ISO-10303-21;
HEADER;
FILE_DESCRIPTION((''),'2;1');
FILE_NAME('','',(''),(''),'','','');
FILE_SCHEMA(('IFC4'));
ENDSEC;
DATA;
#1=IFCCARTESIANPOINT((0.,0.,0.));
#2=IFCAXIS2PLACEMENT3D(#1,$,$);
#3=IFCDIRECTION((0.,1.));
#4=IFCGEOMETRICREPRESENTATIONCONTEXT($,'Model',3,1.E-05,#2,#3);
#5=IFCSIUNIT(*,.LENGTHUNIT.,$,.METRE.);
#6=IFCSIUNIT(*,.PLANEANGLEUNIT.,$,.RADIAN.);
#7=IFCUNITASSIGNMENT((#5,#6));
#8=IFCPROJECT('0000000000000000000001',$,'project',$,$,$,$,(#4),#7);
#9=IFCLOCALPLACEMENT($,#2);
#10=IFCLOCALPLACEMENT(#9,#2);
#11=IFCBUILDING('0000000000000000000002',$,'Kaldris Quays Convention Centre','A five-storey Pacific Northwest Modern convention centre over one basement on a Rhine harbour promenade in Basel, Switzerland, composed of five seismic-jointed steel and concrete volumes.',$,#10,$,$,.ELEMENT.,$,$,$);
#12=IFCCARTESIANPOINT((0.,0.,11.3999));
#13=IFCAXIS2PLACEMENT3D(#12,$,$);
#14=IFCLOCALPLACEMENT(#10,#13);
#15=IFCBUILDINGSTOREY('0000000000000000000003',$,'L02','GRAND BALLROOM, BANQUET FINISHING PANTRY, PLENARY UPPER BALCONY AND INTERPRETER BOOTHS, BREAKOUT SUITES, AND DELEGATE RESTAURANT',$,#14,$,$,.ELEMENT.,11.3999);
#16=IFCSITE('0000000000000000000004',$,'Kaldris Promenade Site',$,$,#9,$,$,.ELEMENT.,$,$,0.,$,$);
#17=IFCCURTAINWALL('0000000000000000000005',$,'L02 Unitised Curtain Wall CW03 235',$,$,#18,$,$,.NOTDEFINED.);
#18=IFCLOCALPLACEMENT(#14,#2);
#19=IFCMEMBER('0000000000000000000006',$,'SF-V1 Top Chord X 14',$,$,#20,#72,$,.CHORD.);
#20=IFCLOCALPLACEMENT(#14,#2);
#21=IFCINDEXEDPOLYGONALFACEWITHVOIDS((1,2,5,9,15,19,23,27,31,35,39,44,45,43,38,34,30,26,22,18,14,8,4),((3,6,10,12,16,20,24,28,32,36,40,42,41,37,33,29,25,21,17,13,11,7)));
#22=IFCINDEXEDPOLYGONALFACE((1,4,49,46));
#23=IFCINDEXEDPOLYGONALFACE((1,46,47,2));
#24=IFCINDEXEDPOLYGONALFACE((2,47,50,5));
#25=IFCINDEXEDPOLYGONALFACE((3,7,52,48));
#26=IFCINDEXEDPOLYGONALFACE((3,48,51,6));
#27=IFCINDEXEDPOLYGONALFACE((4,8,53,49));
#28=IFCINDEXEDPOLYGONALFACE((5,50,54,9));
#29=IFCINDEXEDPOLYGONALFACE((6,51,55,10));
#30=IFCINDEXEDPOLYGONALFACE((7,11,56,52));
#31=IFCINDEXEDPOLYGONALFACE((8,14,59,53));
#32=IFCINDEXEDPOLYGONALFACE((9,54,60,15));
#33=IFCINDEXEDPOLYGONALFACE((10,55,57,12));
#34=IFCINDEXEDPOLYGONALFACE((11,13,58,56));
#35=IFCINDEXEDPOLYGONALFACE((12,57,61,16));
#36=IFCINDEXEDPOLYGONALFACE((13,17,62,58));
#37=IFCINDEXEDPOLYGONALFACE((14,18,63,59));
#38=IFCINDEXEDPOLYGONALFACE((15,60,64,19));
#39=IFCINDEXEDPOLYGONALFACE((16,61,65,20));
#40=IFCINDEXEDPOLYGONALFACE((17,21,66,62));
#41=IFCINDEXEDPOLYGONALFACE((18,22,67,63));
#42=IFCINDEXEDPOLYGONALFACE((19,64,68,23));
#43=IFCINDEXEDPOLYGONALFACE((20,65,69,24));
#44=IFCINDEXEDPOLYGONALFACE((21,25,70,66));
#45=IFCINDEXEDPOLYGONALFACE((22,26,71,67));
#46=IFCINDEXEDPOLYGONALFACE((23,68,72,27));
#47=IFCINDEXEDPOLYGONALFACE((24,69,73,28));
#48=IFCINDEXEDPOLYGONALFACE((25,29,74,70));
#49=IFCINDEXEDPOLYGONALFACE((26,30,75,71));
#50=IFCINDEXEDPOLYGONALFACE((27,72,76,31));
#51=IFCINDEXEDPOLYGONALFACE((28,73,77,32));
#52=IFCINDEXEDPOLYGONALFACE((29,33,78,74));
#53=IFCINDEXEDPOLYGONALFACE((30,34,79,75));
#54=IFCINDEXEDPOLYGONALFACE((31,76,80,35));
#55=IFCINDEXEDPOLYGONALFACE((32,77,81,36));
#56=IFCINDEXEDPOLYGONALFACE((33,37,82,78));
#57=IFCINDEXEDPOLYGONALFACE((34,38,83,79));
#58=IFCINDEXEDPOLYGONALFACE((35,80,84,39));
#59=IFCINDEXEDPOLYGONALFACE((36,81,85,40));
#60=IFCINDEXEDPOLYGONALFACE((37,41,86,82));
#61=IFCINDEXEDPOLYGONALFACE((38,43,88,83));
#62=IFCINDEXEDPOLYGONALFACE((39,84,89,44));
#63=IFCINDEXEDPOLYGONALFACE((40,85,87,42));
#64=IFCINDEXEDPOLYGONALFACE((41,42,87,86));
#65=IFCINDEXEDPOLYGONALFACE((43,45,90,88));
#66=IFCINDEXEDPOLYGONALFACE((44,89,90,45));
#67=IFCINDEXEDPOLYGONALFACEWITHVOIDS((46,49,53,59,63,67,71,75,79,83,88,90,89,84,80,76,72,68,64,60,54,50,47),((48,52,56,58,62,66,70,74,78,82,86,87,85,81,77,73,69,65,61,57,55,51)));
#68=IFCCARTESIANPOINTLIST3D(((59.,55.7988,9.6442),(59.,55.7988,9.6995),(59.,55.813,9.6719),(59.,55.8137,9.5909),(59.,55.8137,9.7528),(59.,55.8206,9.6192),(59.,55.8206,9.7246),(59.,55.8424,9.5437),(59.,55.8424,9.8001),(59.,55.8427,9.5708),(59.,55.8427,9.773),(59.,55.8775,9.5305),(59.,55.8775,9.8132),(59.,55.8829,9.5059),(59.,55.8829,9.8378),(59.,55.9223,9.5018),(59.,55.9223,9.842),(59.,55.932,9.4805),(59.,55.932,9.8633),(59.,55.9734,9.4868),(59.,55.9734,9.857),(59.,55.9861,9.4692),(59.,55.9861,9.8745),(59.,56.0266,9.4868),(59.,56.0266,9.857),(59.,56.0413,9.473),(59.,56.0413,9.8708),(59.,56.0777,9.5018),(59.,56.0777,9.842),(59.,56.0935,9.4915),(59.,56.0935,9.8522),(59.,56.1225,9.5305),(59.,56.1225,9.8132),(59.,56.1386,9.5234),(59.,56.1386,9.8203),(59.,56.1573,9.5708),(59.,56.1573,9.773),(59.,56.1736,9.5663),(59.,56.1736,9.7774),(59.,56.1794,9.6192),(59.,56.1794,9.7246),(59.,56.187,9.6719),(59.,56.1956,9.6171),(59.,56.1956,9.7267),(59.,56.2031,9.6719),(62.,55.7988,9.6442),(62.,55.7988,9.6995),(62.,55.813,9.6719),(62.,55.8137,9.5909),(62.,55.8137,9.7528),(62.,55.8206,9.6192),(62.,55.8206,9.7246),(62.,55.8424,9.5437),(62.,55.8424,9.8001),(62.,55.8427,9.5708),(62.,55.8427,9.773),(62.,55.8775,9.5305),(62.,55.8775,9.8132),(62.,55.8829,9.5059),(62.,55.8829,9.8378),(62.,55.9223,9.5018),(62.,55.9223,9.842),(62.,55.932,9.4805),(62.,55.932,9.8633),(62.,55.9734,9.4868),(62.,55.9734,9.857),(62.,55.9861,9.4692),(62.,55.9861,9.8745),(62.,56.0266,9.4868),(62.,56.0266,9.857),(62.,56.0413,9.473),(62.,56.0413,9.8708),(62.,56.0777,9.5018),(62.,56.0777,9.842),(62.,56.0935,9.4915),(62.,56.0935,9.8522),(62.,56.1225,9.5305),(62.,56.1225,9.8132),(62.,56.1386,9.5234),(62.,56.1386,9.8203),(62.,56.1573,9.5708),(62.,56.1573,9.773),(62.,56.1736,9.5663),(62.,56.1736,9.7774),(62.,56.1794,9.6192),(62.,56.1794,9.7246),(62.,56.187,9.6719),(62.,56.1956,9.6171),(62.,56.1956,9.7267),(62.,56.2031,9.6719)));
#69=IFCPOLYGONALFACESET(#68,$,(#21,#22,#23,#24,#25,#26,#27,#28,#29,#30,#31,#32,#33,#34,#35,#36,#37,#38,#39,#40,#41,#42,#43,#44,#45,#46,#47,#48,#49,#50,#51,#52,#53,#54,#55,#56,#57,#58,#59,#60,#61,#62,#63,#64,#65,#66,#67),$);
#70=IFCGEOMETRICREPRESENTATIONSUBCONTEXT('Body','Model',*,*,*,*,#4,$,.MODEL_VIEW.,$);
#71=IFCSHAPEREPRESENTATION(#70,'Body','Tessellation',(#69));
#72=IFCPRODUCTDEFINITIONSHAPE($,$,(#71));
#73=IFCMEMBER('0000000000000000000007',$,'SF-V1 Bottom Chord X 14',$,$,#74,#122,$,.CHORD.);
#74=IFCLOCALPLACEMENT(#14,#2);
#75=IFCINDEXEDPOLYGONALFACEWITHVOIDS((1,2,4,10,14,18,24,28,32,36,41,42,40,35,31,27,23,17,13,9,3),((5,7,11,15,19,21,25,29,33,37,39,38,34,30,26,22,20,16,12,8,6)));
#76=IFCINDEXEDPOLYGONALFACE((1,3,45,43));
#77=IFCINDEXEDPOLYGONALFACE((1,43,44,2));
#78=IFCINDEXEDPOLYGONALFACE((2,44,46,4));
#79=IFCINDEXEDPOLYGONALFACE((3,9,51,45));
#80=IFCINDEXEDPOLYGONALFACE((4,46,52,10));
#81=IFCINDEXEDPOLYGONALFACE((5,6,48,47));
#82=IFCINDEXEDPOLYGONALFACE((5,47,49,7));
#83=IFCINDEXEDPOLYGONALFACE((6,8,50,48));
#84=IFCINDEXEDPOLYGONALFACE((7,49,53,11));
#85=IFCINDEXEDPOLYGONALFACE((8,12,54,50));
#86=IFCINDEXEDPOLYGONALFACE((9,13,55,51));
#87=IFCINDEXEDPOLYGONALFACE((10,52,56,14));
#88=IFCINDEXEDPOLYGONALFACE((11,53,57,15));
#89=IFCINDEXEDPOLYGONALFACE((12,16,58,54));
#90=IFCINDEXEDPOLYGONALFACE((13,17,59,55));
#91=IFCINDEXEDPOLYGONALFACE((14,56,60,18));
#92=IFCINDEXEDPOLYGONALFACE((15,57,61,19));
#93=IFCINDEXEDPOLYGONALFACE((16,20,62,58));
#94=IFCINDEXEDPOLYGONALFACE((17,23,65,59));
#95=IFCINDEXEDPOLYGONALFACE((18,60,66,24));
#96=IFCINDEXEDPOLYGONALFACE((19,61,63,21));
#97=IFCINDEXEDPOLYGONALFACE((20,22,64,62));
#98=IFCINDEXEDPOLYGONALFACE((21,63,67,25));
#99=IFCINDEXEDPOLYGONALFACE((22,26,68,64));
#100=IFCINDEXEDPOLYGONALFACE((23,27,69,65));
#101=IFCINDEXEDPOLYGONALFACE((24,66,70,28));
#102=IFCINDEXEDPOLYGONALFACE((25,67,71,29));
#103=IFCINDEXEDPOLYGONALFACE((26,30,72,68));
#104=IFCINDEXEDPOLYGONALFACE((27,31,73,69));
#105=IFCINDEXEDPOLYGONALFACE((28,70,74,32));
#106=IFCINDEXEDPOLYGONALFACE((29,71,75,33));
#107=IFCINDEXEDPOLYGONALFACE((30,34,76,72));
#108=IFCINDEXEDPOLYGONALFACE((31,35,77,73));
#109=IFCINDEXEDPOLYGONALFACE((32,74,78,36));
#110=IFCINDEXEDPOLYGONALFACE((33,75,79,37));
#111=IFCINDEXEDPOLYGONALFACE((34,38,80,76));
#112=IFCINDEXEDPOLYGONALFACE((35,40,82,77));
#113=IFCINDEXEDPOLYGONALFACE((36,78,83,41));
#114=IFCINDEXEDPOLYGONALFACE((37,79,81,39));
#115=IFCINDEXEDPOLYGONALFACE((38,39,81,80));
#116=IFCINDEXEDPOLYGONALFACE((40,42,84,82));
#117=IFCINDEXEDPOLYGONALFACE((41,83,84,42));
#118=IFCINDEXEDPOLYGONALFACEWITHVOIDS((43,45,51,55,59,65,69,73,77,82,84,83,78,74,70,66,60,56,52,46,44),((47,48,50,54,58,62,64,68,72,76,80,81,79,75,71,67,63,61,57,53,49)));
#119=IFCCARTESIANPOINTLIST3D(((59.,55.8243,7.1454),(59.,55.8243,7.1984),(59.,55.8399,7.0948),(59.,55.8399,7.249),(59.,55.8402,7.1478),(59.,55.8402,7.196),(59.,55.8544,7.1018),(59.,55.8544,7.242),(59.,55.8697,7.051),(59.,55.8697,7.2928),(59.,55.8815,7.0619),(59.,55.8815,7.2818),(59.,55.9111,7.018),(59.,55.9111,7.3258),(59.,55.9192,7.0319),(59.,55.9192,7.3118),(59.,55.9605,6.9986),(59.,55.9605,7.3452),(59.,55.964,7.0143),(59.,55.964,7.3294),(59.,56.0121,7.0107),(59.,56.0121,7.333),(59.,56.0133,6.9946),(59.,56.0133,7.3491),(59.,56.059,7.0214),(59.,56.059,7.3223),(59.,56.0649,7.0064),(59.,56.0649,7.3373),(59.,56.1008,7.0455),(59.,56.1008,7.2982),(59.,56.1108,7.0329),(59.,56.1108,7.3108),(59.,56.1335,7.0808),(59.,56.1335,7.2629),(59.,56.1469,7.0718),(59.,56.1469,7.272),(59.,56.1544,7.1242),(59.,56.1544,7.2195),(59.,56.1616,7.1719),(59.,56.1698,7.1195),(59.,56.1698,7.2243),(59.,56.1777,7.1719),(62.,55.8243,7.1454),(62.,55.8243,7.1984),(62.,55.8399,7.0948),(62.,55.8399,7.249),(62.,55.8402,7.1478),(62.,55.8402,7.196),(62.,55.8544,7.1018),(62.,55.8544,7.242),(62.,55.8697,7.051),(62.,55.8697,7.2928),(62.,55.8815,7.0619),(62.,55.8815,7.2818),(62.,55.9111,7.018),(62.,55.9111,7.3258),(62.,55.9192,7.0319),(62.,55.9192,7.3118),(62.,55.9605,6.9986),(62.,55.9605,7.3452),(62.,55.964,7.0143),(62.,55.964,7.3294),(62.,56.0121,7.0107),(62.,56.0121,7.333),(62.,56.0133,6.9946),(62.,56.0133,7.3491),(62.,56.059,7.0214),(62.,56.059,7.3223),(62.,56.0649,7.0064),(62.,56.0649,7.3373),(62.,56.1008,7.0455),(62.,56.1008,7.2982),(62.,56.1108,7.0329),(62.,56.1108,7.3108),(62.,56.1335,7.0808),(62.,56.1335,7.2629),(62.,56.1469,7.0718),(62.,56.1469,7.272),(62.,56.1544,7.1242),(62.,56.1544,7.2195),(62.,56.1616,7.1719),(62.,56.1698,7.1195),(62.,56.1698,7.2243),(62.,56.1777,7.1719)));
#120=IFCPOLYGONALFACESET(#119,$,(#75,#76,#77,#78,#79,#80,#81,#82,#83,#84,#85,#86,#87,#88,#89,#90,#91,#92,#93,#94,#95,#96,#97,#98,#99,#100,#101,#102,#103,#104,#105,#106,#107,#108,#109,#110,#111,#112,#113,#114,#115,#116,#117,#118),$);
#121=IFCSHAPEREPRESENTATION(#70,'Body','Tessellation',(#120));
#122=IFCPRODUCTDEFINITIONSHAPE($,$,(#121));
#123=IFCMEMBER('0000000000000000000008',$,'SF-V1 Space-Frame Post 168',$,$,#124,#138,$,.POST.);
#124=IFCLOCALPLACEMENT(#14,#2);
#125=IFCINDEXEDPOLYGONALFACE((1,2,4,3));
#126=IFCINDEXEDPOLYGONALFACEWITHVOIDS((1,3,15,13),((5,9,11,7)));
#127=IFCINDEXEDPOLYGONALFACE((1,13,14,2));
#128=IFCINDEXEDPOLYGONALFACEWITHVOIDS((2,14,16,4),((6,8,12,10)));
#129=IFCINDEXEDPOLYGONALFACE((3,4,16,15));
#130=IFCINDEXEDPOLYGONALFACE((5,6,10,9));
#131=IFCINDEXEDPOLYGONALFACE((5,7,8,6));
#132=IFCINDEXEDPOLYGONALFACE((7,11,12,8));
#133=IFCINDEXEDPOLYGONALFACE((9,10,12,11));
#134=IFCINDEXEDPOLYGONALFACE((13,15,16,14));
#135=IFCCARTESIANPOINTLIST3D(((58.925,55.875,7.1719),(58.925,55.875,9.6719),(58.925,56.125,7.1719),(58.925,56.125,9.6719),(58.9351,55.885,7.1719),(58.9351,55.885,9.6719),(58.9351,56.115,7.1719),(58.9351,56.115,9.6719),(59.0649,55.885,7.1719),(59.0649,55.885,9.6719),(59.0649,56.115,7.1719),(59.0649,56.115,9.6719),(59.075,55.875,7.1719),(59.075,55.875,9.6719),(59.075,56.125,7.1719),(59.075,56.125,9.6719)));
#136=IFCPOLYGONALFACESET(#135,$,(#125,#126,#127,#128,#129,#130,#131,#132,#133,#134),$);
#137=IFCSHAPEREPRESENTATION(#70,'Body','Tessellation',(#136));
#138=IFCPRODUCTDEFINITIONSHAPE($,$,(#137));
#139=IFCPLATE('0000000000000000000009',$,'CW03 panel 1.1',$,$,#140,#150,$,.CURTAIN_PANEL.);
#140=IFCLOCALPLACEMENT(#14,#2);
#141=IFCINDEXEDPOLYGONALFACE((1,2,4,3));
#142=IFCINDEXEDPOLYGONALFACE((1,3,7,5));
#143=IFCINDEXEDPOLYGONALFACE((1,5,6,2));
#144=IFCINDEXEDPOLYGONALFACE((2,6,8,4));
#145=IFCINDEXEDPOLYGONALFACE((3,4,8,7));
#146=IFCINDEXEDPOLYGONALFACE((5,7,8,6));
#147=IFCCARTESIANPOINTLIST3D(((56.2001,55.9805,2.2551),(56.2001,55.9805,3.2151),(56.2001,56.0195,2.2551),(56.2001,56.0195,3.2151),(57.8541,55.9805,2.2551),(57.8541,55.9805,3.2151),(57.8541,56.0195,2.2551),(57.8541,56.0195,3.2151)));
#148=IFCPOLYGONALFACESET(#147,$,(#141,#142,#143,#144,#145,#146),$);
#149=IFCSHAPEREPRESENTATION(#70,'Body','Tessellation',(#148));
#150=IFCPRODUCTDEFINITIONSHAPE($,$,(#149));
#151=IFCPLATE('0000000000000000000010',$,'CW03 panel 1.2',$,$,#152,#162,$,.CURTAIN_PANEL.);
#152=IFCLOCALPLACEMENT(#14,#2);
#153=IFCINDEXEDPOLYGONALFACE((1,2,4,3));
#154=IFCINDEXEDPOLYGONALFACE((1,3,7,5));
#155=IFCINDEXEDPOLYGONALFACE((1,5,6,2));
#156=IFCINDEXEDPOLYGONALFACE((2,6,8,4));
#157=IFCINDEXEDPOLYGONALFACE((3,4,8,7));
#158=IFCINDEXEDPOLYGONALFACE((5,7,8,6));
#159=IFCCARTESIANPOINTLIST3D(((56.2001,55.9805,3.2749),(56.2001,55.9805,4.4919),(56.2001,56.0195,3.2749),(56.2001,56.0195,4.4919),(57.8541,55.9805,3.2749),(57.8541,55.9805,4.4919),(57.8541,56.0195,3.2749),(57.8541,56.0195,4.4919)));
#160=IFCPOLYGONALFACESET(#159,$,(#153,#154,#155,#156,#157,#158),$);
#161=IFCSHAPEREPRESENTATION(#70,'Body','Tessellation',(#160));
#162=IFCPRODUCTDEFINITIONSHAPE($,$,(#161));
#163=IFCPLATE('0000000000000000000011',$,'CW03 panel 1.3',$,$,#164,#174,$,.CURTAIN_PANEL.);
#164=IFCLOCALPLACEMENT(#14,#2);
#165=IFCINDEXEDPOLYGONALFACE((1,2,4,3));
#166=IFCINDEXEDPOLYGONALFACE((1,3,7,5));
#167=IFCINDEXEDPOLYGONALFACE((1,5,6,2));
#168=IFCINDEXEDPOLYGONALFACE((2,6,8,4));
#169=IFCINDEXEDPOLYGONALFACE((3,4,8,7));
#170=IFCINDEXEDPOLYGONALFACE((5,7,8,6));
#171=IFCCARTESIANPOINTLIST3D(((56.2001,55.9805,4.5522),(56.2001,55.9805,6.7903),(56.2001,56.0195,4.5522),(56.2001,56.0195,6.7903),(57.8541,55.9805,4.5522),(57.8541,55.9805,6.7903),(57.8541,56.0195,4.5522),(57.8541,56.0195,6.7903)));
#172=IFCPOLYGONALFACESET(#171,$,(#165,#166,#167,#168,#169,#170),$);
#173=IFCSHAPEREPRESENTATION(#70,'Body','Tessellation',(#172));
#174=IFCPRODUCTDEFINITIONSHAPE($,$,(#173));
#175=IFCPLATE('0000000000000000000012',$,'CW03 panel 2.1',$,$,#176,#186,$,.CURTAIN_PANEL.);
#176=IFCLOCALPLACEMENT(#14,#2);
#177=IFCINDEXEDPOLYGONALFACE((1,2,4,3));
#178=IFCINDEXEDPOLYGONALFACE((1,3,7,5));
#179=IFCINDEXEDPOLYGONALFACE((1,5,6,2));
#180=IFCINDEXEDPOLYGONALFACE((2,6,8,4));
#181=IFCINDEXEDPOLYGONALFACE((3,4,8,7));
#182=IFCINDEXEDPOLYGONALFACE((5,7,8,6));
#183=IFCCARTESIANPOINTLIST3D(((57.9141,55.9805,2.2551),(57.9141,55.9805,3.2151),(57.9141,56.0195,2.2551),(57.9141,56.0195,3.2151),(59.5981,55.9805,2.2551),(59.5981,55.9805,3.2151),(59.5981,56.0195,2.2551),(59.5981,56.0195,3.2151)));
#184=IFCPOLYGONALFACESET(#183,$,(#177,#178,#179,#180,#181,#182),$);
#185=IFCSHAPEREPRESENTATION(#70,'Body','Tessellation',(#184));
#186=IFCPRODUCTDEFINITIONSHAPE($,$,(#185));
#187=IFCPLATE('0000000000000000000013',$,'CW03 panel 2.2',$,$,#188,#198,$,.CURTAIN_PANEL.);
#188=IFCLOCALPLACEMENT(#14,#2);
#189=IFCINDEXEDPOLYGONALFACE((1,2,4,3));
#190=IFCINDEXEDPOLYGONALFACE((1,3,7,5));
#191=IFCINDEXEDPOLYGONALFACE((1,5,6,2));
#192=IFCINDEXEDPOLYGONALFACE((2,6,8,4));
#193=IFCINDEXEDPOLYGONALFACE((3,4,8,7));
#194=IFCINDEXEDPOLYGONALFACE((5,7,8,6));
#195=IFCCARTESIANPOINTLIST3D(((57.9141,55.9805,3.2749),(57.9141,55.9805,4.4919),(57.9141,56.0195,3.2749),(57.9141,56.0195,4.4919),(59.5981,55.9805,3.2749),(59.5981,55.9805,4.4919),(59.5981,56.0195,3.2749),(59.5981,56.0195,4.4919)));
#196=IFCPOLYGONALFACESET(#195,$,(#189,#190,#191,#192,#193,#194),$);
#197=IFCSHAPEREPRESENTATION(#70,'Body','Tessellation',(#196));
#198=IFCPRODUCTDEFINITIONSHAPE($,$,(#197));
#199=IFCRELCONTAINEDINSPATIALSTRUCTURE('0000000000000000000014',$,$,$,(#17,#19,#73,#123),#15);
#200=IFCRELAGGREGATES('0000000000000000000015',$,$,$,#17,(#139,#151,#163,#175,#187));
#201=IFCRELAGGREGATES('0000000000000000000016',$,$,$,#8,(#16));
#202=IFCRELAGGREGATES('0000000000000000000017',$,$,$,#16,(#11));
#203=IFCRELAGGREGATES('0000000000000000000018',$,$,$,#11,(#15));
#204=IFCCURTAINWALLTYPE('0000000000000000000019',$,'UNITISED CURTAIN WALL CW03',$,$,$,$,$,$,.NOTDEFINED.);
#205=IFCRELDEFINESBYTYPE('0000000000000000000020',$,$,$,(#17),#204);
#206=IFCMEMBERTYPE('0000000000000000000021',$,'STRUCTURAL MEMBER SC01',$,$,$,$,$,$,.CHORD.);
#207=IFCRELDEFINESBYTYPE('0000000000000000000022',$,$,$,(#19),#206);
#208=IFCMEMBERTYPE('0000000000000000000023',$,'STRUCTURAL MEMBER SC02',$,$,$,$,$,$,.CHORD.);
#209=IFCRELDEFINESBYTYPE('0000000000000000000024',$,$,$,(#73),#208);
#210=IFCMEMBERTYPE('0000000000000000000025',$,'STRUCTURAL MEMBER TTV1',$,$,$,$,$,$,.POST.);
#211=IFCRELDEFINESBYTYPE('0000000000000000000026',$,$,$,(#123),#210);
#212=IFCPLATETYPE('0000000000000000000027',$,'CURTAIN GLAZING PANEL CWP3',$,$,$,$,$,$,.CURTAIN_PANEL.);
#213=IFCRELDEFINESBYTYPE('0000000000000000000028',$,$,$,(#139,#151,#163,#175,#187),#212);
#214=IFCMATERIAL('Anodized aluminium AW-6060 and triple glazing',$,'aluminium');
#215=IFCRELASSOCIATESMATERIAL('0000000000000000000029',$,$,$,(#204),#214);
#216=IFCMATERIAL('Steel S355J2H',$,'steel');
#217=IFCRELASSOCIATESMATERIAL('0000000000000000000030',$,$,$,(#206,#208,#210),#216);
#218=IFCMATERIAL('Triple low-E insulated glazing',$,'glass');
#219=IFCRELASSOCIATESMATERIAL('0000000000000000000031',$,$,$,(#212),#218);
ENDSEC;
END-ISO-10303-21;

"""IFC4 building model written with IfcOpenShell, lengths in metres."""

from ifc_helpers import new_model, si_unit, direction, frame, origin, origin_2d, place, context, subcontext, project, spatial, rectangle, hollow_rectangle, hollow_circle, extrude, material, material_profile, profile_set, type_object, element, aggregate, save


model = new_model("IFC4")

# Units and contexts
model_context = context("Model", 3, precision=1e-05, world=origin(), true_north=direction((0.0, 1.0)))
body_context = subcontext(model_context, "Body", "Model", "MODEL_VIEW")
ifc_project = project(units=[si_unit("LENGTHUNIT", "METRE"), si_unit("PLANEANGLEUNIT", "RADIAN")], contexts=[model_context])

# Site, building, storey
site_placement = place(None, origin())
site = spatial("IfcSite", under=ifc_project, at=site_placement, Name="Kaldris Promenade Site", CompositionType="ELEMENT", RefElevation=0.0)
building_placement = place(site_placement, origin())
building = spatial("IfcBuilding", under=site, at=building_placement, Name="Kaldris Quays Convention Centre", Description="A five-storey Pacific Northwest Modern convention centre over one basement on a Rhine harbour promenade in Basel, Switzerland, composed of five seismic-jointed steel and concrete volumes.", CompositionType="ELEMENT")
storey_placement = place(building_placement, frame((0.0, 0.0, 11.3999)))
storey = spatial("IfcBuildingStorey", under=building, at=storey_placement, Name="L02", Description="GRAND BALLROOM, BANQUET FINISHING PANTRY, PLENARY UPPER BALCONY AND INTERPRETER BOOTHS, BREAKOUT SUITES, AND DELEGATE RESTAURANT", CompositionType="ELEMENT", Elevation=11.3999)

# Curtain wall
ifc_material_1 = material(Name="Anodized aluminium AW-6060 and triple glazing", Category="aluminium")
curtain_wall_type = type_object("IfcCurtainWallType", Name="UNITISED CURTAIN WALL CW03", PredefinedType="NOTDEFINED", material=ifc_material_1)
curtain_wall_placement = place(storey_placement, origin())
curtain_wall = element("IfcCurtainWall", 1, at=curtain_wall_placement, inside=storey, type_object=curtain_wall_type, Name="L02 Unitised Curtain Wall CW03 235", PredefinedType="NOTDEFINED")

# Members
ifc_material_2 = material(Name="Steel S355J2H", Category="steel")
ifc_material_profile_1 = material_profile(ifc_material_2, hollow_circle(Radius=0.2031, WallThickness=0.0161, at=origin_2d()), Name="CHS 406.4x16")
ifc_profile_set_1 = profile_set([ifc_material_profile_1], Name="Steel S355J2H")
member_type_1 = type_object("IfcMemberType", Name="STRUCTURAL MEMBER SC01", PredefinedType="CHORD", material=ifc_profile_set_1)
member_1_placement = place(storey_placement, frame((59.0, 56.0, 9.6719), z_axis=(1.0, 0.0, 0.0), x_axis=(0.0, 1.0, 0.0)))
element("IfcMember", 2, at=member_1_placement, inside=storey, type_object=member_type_1, Name="SF-V1 Top Chord X 14", PredefinedType="CHORD", context=body_context, shape_type="SweptSolid", body=[
    extrude(hollow_circle(Radius=0.2031, WallThickness=0.0161, at=origin_2d()), origin(), (0.0, 0.0, 1.0), 3.0),
])
ifc_material_profile_2 = material_profile(ifc_material_2, hollow_circle(Radius=0.1777, WallThickness=0.0161, at=origin_2d()), Name="CHS 355.6x16")
ifc_profile_set_2 = profile_set([ifc_material_profile_2], Name="Steel S355J2H")
member_type_2 = type_object("IfcMemberType", Name="STRUCTURAL MEMBER SC02", PredefinedType="CHORD", material=ifc_profile_set_2)
member_2_placement = place(storey_placement, frame((59.0, 56.0, 7.1719), z_axis=(1.0, 0.0, 0.0), x_axis=(0.0, 1.0, 0.0)))
element("IfcMember", 3, at=member_2_placement, inside=storey, type_object=member_type_2, Name="SF-V1 Bottom Chord X 14", PredefinedType="CHORD", context=body_context, shape_type="SweptSolid", body=[
    extrude(hollow_circle(Radius=0.1777, WallThickness=0.0161, at=origin_2d()), origin(), (0.0, 0.0, 1.0), 3.0),
])
ifc_material_profile_3 = material_profile(ifc_material_2, hollow_rectangle(XDim=0.1499, YDim=0.25, WallThickness=0.01, at=origin_2d()), Name="RHS 250x150x10")
ifc_profile_set_3 = profile_set([ifc_material_profile_3], Name="Steel S355J2H")
member_type_3 = type_object("IfcMemberType", Name="STRUCTURAL MEMBER TTV1", PredefinedType="POST", material=ifc_profile_set_3)
member_3_placement = place(storey_placement, frame((59.0, 56.0, 7.1719), z_axis=(0.0, 0.0, 1.0), x_axis=(1.0, 0.0, 0.0)))
element("IfcMember", 4, at=member_3_placement, inside=storey, type_object=member_type_3, Name="SF-V1 Space-Frame Post 168", PredefinedType="POST", context=body_context, shape_type="SweptSolid", body=[
    extrude(hollow_rectangle(XDim=0.1499, YDim=0.25, WallThickness=0.01, at=origin_2d()), origin(), (0.0, 0.0, 1.0), 2.5),
])

# Plates
ifc_material_3 = material(Name="Triple low-E insulated glazing", Category="glass")
plate_type = type_object("IfcPlateType", Name="CURTAIN GLAZING PANEL CWP3", PredefinedType="CURTAIN_PANEL", material=ifc_material_3)
plate_1_placement = place(storey_placement, frame((57.0271, 56.0, 2.2551), z_axis=(0.0, 0.0, 1.0), x_axis=(1.0, 0.0, 0.0)))
plate_1 = element("IfcPlate", 5, at=plate_1_placement, type_object=plate_type, Name="CW03 panel 1.1", PredefinedType="CURTAIN_PANEL", context=body_context, shape_type="SweptSolid", body=[
    extrude(rectangle(XDim=1.6541, YDim=0.0391, at=origin_2d()), origin(), (0.0, 0.0, 1.0), 0.96),
])
plate_2_placement = place(storey_placement, frame((57.0271, 56.0, 3.2749), z_axis=(0.0, 0.0, 1.0), x_axis=(1.0, 0.0, 0.0)))
plate_2 = element("IfcPlate", 6, at=plate_2_placement, type_object=plate_type, Name="CW03 panel 1.2", PredefinedType="CURTAIN_PANEL", context=body_context, shape_type="SweptSolid", body=[
    extrude(rectangle(XDim=1.6541, YDim=0.0391, at=origin_2d()), origin(), (0.0, 0.0, 1.0), 1.217),
])
plate_3_placement = place(storey_placement, frame((57.0271, 56.0, 4.5522), z_axis=(0.0, 0.0, 1.0), x_axis=(1.0, 0.0, 0.0)))
plate_3 = element("IfcPlate", 7, at=plate_3_placement, type_object=plate_type, Name="CW03 panel 1.3", PredefinedType="CURTAIN_PANEL", context=body_context, shape_type="SweptSolid", body=[
    extrude(rectangle(XDim=1.6541, YDim=0.0391, at=origin_2d()), origin(), (0.0, 0.0, 1.0), 2.238),
])
plate_4_placement = place(storey_placement, frame((58.7561, 56.0, 2.2551), z_axis=(0.0, 0.0, 1.0), x_axis=(1.0, 0.0, 0.0)))
plate_4 = element("IfcPlate", 8, at=plate_4_placement, type_object=plate_type, Name="CW03 panel 2.1", PredefinedType="CURTAIN_PANEL", context=body_context, shape_type="SweptSolid", body=[
    extrude(rectangle(XDim=1.6841, YDim=0.0391, at=origin_2d()), origin(), (0.0, 0.0, 1.0), 0.96),
])
plate_5_placement = place(storey_placement, frame((58.7561, 56.0, 3.2749), z_axis=(0.0, 0.0, 1.0), x_axis=(1.0, 0.0, 0.0)))
plate_5 = element("IfcPlate", 9, at=plate_5_placement, type_object=plate_type, Name="CW03 panel 2.2", PredefinedType="CURTAIN_PANEL", context=body_context, shape_type="SweptSolid", body=[
    extrude(rectangle(XDim=1.6841, YDim=0.0391, at=origin_2d()), origin(), (0.0, 0.0, 1.0), 1.217),
])
aggregate(curtain_wall, [plate_1, plate_2, plate_3, plate_4, plate_5])

save(model, "model.ifc")
